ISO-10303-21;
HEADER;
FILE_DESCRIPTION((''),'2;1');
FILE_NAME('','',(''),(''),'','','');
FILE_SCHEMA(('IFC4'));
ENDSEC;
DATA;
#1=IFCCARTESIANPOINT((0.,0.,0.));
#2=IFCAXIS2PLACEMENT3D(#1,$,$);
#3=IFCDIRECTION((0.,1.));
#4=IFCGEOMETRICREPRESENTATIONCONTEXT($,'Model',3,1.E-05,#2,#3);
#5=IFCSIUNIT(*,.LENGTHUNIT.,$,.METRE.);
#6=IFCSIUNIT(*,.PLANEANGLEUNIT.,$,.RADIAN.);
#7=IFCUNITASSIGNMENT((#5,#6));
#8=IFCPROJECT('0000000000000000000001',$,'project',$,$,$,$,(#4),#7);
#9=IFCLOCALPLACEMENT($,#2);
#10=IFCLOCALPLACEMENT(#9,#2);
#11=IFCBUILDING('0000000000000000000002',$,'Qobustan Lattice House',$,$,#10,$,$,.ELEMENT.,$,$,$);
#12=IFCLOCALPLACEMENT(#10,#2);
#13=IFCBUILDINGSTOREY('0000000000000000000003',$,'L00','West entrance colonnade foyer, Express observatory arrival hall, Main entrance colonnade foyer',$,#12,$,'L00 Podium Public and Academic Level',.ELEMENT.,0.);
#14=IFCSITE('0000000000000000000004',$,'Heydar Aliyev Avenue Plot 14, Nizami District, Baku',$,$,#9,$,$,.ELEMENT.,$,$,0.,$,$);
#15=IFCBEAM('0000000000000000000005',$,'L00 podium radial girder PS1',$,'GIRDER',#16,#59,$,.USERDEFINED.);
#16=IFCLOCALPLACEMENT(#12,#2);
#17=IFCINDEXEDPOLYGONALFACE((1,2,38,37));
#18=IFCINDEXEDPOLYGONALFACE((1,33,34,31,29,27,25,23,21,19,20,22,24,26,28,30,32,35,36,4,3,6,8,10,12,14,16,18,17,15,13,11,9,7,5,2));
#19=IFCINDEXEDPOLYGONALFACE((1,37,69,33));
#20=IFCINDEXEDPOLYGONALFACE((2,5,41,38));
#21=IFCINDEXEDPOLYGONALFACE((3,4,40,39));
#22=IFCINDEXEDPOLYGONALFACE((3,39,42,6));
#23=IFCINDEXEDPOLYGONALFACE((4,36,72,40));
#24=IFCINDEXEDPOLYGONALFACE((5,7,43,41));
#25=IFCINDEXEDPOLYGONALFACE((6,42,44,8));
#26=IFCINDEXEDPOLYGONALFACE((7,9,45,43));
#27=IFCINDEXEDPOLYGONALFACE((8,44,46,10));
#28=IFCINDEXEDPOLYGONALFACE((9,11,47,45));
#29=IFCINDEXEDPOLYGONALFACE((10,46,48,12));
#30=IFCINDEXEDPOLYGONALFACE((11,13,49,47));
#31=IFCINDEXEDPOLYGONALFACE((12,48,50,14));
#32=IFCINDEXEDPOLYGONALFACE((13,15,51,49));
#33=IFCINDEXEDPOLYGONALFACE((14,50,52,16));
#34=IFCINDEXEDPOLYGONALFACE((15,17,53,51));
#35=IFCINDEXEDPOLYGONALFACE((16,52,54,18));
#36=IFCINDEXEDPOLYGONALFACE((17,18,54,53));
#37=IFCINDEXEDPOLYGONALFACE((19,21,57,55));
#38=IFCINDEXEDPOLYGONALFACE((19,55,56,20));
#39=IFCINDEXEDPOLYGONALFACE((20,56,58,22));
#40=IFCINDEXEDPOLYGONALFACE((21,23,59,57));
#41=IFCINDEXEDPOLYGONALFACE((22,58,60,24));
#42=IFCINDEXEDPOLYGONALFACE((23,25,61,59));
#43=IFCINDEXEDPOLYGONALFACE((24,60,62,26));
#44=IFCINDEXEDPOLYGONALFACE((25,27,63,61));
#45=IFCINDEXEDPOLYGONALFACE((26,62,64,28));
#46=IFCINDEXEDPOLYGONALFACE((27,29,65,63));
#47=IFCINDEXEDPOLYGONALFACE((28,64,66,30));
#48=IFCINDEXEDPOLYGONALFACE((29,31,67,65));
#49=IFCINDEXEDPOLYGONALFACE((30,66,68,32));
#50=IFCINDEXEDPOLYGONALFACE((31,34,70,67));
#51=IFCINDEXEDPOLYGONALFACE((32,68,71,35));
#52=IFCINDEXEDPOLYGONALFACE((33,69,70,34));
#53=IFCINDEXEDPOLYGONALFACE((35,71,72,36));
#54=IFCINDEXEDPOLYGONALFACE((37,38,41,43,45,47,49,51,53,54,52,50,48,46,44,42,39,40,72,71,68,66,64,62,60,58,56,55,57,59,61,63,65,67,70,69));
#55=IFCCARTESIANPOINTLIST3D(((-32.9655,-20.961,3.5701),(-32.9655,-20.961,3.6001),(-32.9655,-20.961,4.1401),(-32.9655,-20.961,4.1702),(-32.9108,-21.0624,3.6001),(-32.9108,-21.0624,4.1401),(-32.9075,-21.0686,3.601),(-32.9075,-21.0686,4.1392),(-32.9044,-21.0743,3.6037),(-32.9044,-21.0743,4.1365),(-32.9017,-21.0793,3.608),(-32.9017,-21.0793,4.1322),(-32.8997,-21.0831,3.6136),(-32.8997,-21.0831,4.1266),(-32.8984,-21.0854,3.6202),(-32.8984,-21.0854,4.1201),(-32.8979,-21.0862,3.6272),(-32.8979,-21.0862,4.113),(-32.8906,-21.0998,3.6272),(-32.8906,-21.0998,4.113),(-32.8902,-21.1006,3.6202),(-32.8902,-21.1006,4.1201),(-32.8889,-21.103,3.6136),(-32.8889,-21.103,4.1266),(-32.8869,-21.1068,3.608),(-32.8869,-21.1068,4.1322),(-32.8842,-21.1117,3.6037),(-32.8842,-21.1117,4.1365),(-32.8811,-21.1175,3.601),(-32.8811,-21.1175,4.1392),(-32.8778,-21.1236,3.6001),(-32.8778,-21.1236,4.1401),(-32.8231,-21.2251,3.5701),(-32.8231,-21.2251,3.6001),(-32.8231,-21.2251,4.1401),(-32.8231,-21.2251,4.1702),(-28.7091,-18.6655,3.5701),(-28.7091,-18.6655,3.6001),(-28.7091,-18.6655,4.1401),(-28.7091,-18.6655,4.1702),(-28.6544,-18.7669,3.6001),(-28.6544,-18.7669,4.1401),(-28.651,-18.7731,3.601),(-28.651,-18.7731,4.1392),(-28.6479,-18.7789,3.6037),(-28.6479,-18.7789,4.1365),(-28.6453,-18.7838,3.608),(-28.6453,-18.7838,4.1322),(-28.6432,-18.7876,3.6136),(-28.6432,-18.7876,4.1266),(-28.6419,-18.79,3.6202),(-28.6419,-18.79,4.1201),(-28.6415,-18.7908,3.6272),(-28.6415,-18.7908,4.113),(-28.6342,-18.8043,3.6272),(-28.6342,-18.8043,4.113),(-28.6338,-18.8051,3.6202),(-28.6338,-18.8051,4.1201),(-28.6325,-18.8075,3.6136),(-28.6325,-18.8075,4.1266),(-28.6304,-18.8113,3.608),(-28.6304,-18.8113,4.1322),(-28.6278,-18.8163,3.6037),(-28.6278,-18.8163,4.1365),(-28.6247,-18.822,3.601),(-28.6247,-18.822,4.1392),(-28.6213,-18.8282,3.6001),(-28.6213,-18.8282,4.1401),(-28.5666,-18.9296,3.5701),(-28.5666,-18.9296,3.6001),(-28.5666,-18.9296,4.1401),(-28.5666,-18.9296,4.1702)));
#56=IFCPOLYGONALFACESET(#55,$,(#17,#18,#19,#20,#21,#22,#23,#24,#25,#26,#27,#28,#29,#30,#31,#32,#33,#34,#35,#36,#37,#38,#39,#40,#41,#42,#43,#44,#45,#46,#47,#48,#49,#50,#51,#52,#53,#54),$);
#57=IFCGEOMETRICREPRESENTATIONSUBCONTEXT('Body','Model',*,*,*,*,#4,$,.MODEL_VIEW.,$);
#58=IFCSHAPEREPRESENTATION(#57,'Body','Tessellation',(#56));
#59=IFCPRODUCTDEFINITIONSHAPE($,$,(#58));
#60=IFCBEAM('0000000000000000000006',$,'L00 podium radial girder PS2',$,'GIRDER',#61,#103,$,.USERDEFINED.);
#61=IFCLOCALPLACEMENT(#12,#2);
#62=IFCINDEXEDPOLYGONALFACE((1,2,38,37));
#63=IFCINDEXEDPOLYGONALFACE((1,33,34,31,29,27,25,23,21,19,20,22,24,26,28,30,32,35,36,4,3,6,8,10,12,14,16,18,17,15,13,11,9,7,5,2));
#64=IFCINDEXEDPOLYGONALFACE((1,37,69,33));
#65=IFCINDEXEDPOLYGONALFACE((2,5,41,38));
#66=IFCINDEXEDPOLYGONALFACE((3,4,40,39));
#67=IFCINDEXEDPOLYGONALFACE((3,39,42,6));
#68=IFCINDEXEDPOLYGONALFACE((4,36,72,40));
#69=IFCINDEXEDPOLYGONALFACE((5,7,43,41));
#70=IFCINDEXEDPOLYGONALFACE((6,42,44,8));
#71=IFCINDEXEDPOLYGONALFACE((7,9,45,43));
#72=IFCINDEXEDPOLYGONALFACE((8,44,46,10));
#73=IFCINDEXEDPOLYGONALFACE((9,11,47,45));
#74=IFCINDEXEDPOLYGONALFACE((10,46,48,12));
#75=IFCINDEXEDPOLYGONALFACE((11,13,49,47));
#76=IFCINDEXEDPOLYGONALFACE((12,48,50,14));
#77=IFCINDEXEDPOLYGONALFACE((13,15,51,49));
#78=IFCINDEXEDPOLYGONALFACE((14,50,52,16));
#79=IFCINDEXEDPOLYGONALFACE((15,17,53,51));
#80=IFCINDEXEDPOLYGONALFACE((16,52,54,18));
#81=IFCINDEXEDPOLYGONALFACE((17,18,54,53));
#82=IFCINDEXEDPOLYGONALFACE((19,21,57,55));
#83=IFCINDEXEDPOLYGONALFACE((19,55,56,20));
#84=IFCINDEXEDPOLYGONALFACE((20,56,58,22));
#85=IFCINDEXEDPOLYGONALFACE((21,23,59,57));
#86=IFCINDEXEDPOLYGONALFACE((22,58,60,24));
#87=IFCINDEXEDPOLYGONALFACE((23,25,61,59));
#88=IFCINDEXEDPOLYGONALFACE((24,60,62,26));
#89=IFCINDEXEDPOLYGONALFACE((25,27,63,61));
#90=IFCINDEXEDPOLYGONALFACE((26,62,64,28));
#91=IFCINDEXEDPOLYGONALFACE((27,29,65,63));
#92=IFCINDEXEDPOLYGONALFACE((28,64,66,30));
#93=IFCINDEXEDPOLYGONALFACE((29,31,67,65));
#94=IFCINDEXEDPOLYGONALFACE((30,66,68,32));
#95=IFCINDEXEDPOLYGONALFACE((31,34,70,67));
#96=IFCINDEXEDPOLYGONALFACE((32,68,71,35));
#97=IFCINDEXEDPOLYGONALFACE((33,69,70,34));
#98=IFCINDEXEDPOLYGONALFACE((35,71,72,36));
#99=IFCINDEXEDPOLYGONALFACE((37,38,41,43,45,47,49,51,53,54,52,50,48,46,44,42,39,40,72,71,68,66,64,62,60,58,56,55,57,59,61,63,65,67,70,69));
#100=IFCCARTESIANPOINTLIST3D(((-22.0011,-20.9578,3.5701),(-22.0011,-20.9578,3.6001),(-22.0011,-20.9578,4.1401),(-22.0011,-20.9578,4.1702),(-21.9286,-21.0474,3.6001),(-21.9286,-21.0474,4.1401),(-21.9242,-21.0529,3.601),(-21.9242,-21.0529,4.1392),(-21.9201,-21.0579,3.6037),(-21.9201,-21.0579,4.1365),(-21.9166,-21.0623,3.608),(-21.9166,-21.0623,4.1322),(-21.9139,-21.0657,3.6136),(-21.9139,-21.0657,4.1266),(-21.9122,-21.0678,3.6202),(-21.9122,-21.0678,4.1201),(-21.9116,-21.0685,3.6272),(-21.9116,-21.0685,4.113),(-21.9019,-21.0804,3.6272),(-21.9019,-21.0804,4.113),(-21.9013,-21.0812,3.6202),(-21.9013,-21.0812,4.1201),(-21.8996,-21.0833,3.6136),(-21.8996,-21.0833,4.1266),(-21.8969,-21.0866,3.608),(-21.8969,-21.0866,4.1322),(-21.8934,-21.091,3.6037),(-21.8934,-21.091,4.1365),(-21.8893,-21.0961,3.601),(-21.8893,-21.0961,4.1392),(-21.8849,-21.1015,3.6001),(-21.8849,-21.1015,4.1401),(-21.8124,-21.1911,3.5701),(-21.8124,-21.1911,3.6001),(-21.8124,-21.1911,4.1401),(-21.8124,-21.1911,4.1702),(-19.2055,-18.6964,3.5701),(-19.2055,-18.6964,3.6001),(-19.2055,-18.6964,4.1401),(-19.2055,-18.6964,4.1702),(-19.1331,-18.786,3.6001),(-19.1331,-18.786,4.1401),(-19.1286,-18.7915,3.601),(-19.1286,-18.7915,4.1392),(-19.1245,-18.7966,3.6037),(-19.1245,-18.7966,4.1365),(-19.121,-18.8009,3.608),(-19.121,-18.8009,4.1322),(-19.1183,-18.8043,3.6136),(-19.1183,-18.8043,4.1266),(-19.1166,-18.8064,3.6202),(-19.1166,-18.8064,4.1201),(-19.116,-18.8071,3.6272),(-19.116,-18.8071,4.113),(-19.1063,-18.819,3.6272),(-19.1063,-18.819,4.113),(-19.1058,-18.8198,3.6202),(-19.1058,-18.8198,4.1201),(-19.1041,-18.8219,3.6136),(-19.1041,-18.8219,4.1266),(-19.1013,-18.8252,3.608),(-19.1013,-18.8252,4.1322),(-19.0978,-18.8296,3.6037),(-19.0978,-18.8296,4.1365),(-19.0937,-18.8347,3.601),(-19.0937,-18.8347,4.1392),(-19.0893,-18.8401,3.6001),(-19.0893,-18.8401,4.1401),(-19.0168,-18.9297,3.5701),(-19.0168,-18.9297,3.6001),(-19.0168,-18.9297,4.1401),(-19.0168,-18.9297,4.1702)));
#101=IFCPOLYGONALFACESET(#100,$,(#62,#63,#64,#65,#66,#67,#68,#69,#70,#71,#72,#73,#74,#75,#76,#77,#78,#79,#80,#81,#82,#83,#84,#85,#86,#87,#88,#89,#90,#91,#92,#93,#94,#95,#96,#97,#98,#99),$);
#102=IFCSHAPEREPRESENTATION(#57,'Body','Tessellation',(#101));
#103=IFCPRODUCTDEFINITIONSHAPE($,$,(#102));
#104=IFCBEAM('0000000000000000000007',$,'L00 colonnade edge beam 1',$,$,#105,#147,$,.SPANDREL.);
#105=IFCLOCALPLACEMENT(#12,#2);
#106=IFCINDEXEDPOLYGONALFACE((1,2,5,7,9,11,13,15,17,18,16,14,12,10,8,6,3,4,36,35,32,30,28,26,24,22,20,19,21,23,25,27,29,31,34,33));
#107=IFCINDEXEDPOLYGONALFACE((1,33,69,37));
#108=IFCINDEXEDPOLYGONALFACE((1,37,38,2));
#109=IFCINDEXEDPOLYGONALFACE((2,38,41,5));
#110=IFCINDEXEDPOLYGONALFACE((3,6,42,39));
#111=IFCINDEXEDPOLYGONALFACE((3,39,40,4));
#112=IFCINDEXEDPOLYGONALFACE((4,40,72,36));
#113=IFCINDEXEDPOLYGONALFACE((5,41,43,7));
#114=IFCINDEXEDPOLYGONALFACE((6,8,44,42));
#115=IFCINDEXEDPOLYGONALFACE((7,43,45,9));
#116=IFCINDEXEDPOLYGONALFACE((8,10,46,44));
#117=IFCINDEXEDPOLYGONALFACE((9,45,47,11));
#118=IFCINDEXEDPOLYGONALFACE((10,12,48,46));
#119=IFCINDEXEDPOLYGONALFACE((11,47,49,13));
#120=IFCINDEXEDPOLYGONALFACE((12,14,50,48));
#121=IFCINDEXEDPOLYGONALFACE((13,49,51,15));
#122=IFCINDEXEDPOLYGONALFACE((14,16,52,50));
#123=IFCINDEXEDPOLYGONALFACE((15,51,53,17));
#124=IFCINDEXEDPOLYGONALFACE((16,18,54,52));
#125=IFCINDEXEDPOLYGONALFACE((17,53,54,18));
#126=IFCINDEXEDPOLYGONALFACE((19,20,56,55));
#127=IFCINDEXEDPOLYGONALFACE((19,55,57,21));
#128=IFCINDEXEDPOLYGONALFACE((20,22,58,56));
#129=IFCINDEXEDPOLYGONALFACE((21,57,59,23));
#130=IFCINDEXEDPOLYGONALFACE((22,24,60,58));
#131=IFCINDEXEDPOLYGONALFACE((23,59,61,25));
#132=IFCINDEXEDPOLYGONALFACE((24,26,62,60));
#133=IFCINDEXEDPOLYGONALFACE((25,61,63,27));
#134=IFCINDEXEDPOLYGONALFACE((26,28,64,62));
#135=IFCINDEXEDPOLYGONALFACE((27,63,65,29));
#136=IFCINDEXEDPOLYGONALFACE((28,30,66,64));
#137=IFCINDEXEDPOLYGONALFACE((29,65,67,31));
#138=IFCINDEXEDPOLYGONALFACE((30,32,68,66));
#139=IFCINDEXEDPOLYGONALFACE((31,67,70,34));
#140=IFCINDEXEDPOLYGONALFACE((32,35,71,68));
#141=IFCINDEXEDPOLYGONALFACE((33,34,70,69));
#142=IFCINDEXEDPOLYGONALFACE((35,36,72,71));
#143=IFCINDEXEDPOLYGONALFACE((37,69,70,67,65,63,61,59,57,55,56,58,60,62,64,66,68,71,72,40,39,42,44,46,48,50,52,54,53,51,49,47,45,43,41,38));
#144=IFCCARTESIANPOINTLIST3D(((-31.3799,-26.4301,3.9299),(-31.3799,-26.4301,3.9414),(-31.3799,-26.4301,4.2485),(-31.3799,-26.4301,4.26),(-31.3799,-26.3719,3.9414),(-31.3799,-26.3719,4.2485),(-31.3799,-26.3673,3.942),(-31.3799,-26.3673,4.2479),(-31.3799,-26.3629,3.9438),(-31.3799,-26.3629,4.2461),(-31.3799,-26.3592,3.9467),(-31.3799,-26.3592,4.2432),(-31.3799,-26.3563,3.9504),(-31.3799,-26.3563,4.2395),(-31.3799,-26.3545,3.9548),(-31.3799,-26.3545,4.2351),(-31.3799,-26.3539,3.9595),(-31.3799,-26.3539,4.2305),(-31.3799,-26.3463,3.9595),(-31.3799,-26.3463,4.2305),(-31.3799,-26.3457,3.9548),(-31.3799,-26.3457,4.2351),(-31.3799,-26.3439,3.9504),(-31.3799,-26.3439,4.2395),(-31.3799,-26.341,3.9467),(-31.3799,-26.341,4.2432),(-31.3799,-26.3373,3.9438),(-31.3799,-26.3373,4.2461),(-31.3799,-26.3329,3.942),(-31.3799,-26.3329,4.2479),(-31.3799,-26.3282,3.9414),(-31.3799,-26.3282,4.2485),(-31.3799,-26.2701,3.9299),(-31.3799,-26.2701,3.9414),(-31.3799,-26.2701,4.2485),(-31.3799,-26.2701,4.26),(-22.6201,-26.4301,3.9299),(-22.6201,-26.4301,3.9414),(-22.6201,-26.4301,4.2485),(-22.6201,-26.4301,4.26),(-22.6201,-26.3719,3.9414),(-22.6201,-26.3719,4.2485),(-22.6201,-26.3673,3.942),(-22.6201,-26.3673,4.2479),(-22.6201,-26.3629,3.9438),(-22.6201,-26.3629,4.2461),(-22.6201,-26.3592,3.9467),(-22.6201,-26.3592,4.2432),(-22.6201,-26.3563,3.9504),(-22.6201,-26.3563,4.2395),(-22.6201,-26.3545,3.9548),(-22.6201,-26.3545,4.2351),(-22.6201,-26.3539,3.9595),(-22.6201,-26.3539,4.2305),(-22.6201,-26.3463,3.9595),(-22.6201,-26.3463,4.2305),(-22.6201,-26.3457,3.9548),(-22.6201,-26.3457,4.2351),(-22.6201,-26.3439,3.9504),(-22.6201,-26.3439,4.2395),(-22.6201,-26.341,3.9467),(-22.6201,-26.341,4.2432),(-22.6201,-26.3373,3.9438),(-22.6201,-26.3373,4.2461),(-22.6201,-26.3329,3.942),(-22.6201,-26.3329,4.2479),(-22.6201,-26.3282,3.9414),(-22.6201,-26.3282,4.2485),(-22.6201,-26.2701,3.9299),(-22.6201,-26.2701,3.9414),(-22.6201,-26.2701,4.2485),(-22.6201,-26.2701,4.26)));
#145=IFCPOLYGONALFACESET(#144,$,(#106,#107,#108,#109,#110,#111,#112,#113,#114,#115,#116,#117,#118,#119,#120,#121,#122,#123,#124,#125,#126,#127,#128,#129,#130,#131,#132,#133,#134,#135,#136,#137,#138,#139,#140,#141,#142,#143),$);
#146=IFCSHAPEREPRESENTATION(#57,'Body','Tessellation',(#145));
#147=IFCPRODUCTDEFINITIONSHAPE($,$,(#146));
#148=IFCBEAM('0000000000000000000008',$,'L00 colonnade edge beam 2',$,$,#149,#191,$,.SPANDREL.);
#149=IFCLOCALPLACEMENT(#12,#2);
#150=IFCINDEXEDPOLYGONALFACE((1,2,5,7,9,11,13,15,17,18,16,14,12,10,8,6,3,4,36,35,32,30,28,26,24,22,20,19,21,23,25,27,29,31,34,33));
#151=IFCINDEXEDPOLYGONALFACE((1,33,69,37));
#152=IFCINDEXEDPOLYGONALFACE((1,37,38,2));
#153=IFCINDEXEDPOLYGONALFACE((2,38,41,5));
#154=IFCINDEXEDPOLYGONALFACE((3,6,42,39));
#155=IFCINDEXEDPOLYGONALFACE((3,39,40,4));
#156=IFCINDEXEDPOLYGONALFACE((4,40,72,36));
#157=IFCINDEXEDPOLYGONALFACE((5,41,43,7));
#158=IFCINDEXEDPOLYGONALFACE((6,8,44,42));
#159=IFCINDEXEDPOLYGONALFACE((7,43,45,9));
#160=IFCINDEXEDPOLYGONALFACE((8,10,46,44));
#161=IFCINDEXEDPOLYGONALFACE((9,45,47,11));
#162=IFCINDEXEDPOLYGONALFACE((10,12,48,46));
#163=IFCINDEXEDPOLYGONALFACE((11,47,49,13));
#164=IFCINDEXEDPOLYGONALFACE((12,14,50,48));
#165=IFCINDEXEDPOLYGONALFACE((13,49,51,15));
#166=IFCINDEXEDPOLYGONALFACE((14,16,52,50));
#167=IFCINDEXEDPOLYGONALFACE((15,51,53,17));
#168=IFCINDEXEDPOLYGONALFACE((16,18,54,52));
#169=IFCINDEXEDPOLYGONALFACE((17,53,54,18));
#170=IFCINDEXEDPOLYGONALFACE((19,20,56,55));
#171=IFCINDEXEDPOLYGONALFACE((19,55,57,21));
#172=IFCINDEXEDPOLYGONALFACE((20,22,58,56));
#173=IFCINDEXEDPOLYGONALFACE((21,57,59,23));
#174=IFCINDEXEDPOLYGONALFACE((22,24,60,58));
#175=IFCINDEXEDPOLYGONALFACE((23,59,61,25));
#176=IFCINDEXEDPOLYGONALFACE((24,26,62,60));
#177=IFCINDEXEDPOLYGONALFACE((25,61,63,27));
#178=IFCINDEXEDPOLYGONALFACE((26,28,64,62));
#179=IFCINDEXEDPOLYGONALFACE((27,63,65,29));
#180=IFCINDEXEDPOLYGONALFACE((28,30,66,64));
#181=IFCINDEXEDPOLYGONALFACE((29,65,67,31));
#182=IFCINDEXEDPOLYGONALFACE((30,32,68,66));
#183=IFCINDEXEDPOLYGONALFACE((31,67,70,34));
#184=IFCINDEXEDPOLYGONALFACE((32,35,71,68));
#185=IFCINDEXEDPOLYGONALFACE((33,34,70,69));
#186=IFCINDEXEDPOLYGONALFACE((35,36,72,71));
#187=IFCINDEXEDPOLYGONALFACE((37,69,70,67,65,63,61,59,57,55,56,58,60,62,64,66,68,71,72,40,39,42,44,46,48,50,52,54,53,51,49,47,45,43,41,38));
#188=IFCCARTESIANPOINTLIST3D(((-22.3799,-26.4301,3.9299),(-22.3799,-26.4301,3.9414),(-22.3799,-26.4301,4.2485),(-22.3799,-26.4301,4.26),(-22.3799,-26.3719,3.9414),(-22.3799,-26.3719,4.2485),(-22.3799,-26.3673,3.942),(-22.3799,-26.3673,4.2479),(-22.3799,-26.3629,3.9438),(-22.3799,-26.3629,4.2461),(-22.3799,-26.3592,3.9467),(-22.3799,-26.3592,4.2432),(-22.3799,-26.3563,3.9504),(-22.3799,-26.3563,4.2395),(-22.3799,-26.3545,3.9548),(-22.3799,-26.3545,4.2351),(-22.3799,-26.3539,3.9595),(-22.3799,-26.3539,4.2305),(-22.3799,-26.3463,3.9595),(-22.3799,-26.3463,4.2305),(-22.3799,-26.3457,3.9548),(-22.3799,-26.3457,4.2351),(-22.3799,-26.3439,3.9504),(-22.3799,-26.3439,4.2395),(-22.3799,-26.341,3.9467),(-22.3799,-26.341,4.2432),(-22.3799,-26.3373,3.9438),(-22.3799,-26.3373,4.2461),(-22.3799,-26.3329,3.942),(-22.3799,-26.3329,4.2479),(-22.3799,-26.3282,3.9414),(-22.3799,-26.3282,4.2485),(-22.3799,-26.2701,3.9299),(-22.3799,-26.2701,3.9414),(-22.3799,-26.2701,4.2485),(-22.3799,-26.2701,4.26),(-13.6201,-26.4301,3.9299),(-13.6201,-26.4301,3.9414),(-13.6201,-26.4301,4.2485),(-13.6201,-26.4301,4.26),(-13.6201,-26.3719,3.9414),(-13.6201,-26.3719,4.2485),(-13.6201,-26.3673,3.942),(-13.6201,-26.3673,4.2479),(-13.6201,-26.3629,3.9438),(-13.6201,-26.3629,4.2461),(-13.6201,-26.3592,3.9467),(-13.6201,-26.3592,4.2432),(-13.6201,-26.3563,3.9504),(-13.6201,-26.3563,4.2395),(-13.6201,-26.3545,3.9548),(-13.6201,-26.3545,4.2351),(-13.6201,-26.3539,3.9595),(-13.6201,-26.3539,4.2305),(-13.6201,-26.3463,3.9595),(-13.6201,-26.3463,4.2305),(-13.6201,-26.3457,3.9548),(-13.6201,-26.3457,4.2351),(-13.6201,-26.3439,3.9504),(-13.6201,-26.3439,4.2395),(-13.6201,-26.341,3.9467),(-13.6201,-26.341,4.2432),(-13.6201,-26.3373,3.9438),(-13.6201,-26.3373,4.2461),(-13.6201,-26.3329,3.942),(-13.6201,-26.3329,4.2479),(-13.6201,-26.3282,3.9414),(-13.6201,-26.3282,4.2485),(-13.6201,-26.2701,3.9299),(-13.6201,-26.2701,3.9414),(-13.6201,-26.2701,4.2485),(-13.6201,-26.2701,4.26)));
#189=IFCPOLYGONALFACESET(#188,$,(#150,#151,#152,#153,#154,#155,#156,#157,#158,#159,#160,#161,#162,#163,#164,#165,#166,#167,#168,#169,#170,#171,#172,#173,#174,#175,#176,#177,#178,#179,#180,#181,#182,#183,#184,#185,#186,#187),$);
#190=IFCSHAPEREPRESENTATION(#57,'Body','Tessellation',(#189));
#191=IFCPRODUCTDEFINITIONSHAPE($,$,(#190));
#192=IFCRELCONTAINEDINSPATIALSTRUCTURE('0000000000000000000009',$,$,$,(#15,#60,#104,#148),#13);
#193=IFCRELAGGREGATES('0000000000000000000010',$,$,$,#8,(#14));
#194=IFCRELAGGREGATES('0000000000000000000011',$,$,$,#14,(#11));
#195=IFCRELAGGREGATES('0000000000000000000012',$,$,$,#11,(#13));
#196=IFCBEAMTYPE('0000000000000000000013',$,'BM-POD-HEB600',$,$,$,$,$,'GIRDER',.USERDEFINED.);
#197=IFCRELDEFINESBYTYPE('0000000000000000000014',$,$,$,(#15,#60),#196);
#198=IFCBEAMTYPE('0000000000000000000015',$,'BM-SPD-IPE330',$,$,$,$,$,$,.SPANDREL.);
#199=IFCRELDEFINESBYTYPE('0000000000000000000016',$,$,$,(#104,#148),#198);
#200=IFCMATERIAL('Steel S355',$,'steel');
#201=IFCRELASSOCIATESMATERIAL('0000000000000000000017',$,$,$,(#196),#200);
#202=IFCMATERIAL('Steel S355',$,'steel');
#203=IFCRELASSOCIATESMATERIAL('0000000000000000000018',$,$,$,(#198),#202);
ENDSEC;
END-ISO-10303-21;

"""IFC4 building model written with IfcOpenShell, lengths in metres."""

from ifc_helpers import new_model, si_unit, direction, frame, origin, origin_2d, place, context, subcontext, project, spatial, i_section, extrude, material, material_profile, profile_set, type_object, element, save


model = new_model("IFC4")

# Units and contexts
model_context = context("Model", 3, precision=1e-05, world=origin(), true_north=direction((0.0, 1.0)))
body_context = subcontext(model_context, "Body", "Model", "MODEL_VIEW")
ifc_project = project(units=[si_unit("LENGTHUNIT", "METRE"), si_unit("PLANEANGLEUNIT", "RADIAN")], contexts=[model_context])

# Site, building, storey
site_placement = place(None, origin())
site = spatial("IfcSite", under=ifc_project, at=site_placement, Name="Heydar Aliyev Avenue Plot 14, Nizami District, Baku", CompositionType="ELEMENT", RefElevation=0.0)
building_placement = place(site_placement, origin())
building = spatial("IfcBuilding", under=site, at=building_placement, Name="Qobustan Lattice House", CompositionType="ELEMENT")
storey_placement = place(building_placement, origin())
storey = spatial("IfcBuildingStorey", under=building, at=storey_placement, Name="L00", Description="West entrance colonnade foyer, Express observatory arrival hall, Main entrance colonnade foyer", LongName="L00 Podium Public and Academic Level", CompositionType="ELEMENT", Elevation=0.0)

# Beams
ifc_material_1 = material(Name="Steel S355", Category="steel")
ifc_material_profile_1 = material_profile(ifc_material_1, i_section(OverallWidth=0.3, OverallDepth=0.6001, WebThickness=0.0154, FlangeThickness=0.03, FilletRadius=0.0271, at=origin_2d()), Name="HEB600")
ifc_profile_set_1 = profile_set([ifc_material_profile_1], Name="Steel S355")
beam_type_1 = type_object("IfcBeamType", Name="BM-POD-HEB600", ElementType="GIRDER", PredefinedType="USERDEFINED", material=ifc_profile_set_1)
beam_1_placement = place(storey_placement, frame((-32.8943, -21.093, 3.8701), z_axis=(0.880166, 0.474666, 0.0), x_axis=(-0.474666, 0.880166, 0.0)))
element("IfcBeam", 1, at=beam_1_placement, inside=storey, type_object=beam_type_1, Name="L00 podium radial girder PS1", ObjectType="GIRDER", PredefinedType="USERDEFINED", context=body_context, shape_type="SweptSolid", body=[
    extrude(i_section(OverallWidth=0.3, OverallDepth=0.6001, WebThickness=0.0154, FlangeThickness=0.03, FilletRadius=0.0271, at=origin_2d()), origin(), (0.0, 0.0, 1.0), 4.8359),
])
beam_2_placement = place(storey_placement, frame((-21.9067, -21.0745, 3.8701), z_axis=(0.777473, 0.628917, 0.0), x_axis=(-0.628917, 0.777473, 0.0)))
element("IfcBeam", 2, at=beam_2_placement, inside=storey, type_object=beam_type_1, Name="L00 podium radial girder PS2", ObjectType="GIRDER", PredefinedType="USERDEFINED", context=body_context, shape_type="SweptSolid", body=[
    extrude(i_section(OverallWidth=0.3, OverallDepth=0.6001, WebThickness=0.0154, FlangeThickness=0.03, FilletRadius=0.0271, at=origin_2d()), origin(), (0.0, 0.0, 1.0), 3.5957),
])
ifc_material_2 = material(Name="Steel S355", Category="steel")
ifc_material_profile_2 = material_profile(ifc_material_2, i_section(OverallWidth=0.1599, OverallDepth=0.3301, WebThickness=0.0076, FlangeThickness=0.0115, FilletRadius=0.0181, at=origin_2d()), Name="IPE330")
ifc_profile_set_2 = profile_set([ifc_material_profile_2], Name="Steel S355")
beam_type_2 = type_object("IfcBeamType", Name="BM-SPD-IPE330", PredefinedType="SPANDREL", material=ifc_profile_set_2)
for number, where, z_axis, x_axis, name in (
    (3, (-31.3799, -26.3501, 4.095), (1.0, 0.0, 0.0), (0.0, 1.0, 0.0), "L00 colonnade edge beam 1"),
    (4, (-22.3799, -26.3501, 4.095), (1.0, 0.0, 0.0), (0.0, 1.0, 0.0), "L00 colonnade edge beam 2"),
):
    element("IfcBeam", number, at=place(storey_placement, frame(where, z_axis=z_axis, x_axis=x_axis)), inside=storey, type_object=beam_type_2, Name=name, PredefinedType="SPANDREL", context=body_context, shape_type="SweptSolid", body=[
        extrude(i_section(OverallWidth=0.1599, OverallDepth=0.3301, WebThickness=0.0076, FlangeThickness=0.0115, FilletRadius=0.0181, at=origin_2d()), origin(), (0.0, 0.0, 1.0), 8.7598),
    ])

save(model, "model.ifc")
